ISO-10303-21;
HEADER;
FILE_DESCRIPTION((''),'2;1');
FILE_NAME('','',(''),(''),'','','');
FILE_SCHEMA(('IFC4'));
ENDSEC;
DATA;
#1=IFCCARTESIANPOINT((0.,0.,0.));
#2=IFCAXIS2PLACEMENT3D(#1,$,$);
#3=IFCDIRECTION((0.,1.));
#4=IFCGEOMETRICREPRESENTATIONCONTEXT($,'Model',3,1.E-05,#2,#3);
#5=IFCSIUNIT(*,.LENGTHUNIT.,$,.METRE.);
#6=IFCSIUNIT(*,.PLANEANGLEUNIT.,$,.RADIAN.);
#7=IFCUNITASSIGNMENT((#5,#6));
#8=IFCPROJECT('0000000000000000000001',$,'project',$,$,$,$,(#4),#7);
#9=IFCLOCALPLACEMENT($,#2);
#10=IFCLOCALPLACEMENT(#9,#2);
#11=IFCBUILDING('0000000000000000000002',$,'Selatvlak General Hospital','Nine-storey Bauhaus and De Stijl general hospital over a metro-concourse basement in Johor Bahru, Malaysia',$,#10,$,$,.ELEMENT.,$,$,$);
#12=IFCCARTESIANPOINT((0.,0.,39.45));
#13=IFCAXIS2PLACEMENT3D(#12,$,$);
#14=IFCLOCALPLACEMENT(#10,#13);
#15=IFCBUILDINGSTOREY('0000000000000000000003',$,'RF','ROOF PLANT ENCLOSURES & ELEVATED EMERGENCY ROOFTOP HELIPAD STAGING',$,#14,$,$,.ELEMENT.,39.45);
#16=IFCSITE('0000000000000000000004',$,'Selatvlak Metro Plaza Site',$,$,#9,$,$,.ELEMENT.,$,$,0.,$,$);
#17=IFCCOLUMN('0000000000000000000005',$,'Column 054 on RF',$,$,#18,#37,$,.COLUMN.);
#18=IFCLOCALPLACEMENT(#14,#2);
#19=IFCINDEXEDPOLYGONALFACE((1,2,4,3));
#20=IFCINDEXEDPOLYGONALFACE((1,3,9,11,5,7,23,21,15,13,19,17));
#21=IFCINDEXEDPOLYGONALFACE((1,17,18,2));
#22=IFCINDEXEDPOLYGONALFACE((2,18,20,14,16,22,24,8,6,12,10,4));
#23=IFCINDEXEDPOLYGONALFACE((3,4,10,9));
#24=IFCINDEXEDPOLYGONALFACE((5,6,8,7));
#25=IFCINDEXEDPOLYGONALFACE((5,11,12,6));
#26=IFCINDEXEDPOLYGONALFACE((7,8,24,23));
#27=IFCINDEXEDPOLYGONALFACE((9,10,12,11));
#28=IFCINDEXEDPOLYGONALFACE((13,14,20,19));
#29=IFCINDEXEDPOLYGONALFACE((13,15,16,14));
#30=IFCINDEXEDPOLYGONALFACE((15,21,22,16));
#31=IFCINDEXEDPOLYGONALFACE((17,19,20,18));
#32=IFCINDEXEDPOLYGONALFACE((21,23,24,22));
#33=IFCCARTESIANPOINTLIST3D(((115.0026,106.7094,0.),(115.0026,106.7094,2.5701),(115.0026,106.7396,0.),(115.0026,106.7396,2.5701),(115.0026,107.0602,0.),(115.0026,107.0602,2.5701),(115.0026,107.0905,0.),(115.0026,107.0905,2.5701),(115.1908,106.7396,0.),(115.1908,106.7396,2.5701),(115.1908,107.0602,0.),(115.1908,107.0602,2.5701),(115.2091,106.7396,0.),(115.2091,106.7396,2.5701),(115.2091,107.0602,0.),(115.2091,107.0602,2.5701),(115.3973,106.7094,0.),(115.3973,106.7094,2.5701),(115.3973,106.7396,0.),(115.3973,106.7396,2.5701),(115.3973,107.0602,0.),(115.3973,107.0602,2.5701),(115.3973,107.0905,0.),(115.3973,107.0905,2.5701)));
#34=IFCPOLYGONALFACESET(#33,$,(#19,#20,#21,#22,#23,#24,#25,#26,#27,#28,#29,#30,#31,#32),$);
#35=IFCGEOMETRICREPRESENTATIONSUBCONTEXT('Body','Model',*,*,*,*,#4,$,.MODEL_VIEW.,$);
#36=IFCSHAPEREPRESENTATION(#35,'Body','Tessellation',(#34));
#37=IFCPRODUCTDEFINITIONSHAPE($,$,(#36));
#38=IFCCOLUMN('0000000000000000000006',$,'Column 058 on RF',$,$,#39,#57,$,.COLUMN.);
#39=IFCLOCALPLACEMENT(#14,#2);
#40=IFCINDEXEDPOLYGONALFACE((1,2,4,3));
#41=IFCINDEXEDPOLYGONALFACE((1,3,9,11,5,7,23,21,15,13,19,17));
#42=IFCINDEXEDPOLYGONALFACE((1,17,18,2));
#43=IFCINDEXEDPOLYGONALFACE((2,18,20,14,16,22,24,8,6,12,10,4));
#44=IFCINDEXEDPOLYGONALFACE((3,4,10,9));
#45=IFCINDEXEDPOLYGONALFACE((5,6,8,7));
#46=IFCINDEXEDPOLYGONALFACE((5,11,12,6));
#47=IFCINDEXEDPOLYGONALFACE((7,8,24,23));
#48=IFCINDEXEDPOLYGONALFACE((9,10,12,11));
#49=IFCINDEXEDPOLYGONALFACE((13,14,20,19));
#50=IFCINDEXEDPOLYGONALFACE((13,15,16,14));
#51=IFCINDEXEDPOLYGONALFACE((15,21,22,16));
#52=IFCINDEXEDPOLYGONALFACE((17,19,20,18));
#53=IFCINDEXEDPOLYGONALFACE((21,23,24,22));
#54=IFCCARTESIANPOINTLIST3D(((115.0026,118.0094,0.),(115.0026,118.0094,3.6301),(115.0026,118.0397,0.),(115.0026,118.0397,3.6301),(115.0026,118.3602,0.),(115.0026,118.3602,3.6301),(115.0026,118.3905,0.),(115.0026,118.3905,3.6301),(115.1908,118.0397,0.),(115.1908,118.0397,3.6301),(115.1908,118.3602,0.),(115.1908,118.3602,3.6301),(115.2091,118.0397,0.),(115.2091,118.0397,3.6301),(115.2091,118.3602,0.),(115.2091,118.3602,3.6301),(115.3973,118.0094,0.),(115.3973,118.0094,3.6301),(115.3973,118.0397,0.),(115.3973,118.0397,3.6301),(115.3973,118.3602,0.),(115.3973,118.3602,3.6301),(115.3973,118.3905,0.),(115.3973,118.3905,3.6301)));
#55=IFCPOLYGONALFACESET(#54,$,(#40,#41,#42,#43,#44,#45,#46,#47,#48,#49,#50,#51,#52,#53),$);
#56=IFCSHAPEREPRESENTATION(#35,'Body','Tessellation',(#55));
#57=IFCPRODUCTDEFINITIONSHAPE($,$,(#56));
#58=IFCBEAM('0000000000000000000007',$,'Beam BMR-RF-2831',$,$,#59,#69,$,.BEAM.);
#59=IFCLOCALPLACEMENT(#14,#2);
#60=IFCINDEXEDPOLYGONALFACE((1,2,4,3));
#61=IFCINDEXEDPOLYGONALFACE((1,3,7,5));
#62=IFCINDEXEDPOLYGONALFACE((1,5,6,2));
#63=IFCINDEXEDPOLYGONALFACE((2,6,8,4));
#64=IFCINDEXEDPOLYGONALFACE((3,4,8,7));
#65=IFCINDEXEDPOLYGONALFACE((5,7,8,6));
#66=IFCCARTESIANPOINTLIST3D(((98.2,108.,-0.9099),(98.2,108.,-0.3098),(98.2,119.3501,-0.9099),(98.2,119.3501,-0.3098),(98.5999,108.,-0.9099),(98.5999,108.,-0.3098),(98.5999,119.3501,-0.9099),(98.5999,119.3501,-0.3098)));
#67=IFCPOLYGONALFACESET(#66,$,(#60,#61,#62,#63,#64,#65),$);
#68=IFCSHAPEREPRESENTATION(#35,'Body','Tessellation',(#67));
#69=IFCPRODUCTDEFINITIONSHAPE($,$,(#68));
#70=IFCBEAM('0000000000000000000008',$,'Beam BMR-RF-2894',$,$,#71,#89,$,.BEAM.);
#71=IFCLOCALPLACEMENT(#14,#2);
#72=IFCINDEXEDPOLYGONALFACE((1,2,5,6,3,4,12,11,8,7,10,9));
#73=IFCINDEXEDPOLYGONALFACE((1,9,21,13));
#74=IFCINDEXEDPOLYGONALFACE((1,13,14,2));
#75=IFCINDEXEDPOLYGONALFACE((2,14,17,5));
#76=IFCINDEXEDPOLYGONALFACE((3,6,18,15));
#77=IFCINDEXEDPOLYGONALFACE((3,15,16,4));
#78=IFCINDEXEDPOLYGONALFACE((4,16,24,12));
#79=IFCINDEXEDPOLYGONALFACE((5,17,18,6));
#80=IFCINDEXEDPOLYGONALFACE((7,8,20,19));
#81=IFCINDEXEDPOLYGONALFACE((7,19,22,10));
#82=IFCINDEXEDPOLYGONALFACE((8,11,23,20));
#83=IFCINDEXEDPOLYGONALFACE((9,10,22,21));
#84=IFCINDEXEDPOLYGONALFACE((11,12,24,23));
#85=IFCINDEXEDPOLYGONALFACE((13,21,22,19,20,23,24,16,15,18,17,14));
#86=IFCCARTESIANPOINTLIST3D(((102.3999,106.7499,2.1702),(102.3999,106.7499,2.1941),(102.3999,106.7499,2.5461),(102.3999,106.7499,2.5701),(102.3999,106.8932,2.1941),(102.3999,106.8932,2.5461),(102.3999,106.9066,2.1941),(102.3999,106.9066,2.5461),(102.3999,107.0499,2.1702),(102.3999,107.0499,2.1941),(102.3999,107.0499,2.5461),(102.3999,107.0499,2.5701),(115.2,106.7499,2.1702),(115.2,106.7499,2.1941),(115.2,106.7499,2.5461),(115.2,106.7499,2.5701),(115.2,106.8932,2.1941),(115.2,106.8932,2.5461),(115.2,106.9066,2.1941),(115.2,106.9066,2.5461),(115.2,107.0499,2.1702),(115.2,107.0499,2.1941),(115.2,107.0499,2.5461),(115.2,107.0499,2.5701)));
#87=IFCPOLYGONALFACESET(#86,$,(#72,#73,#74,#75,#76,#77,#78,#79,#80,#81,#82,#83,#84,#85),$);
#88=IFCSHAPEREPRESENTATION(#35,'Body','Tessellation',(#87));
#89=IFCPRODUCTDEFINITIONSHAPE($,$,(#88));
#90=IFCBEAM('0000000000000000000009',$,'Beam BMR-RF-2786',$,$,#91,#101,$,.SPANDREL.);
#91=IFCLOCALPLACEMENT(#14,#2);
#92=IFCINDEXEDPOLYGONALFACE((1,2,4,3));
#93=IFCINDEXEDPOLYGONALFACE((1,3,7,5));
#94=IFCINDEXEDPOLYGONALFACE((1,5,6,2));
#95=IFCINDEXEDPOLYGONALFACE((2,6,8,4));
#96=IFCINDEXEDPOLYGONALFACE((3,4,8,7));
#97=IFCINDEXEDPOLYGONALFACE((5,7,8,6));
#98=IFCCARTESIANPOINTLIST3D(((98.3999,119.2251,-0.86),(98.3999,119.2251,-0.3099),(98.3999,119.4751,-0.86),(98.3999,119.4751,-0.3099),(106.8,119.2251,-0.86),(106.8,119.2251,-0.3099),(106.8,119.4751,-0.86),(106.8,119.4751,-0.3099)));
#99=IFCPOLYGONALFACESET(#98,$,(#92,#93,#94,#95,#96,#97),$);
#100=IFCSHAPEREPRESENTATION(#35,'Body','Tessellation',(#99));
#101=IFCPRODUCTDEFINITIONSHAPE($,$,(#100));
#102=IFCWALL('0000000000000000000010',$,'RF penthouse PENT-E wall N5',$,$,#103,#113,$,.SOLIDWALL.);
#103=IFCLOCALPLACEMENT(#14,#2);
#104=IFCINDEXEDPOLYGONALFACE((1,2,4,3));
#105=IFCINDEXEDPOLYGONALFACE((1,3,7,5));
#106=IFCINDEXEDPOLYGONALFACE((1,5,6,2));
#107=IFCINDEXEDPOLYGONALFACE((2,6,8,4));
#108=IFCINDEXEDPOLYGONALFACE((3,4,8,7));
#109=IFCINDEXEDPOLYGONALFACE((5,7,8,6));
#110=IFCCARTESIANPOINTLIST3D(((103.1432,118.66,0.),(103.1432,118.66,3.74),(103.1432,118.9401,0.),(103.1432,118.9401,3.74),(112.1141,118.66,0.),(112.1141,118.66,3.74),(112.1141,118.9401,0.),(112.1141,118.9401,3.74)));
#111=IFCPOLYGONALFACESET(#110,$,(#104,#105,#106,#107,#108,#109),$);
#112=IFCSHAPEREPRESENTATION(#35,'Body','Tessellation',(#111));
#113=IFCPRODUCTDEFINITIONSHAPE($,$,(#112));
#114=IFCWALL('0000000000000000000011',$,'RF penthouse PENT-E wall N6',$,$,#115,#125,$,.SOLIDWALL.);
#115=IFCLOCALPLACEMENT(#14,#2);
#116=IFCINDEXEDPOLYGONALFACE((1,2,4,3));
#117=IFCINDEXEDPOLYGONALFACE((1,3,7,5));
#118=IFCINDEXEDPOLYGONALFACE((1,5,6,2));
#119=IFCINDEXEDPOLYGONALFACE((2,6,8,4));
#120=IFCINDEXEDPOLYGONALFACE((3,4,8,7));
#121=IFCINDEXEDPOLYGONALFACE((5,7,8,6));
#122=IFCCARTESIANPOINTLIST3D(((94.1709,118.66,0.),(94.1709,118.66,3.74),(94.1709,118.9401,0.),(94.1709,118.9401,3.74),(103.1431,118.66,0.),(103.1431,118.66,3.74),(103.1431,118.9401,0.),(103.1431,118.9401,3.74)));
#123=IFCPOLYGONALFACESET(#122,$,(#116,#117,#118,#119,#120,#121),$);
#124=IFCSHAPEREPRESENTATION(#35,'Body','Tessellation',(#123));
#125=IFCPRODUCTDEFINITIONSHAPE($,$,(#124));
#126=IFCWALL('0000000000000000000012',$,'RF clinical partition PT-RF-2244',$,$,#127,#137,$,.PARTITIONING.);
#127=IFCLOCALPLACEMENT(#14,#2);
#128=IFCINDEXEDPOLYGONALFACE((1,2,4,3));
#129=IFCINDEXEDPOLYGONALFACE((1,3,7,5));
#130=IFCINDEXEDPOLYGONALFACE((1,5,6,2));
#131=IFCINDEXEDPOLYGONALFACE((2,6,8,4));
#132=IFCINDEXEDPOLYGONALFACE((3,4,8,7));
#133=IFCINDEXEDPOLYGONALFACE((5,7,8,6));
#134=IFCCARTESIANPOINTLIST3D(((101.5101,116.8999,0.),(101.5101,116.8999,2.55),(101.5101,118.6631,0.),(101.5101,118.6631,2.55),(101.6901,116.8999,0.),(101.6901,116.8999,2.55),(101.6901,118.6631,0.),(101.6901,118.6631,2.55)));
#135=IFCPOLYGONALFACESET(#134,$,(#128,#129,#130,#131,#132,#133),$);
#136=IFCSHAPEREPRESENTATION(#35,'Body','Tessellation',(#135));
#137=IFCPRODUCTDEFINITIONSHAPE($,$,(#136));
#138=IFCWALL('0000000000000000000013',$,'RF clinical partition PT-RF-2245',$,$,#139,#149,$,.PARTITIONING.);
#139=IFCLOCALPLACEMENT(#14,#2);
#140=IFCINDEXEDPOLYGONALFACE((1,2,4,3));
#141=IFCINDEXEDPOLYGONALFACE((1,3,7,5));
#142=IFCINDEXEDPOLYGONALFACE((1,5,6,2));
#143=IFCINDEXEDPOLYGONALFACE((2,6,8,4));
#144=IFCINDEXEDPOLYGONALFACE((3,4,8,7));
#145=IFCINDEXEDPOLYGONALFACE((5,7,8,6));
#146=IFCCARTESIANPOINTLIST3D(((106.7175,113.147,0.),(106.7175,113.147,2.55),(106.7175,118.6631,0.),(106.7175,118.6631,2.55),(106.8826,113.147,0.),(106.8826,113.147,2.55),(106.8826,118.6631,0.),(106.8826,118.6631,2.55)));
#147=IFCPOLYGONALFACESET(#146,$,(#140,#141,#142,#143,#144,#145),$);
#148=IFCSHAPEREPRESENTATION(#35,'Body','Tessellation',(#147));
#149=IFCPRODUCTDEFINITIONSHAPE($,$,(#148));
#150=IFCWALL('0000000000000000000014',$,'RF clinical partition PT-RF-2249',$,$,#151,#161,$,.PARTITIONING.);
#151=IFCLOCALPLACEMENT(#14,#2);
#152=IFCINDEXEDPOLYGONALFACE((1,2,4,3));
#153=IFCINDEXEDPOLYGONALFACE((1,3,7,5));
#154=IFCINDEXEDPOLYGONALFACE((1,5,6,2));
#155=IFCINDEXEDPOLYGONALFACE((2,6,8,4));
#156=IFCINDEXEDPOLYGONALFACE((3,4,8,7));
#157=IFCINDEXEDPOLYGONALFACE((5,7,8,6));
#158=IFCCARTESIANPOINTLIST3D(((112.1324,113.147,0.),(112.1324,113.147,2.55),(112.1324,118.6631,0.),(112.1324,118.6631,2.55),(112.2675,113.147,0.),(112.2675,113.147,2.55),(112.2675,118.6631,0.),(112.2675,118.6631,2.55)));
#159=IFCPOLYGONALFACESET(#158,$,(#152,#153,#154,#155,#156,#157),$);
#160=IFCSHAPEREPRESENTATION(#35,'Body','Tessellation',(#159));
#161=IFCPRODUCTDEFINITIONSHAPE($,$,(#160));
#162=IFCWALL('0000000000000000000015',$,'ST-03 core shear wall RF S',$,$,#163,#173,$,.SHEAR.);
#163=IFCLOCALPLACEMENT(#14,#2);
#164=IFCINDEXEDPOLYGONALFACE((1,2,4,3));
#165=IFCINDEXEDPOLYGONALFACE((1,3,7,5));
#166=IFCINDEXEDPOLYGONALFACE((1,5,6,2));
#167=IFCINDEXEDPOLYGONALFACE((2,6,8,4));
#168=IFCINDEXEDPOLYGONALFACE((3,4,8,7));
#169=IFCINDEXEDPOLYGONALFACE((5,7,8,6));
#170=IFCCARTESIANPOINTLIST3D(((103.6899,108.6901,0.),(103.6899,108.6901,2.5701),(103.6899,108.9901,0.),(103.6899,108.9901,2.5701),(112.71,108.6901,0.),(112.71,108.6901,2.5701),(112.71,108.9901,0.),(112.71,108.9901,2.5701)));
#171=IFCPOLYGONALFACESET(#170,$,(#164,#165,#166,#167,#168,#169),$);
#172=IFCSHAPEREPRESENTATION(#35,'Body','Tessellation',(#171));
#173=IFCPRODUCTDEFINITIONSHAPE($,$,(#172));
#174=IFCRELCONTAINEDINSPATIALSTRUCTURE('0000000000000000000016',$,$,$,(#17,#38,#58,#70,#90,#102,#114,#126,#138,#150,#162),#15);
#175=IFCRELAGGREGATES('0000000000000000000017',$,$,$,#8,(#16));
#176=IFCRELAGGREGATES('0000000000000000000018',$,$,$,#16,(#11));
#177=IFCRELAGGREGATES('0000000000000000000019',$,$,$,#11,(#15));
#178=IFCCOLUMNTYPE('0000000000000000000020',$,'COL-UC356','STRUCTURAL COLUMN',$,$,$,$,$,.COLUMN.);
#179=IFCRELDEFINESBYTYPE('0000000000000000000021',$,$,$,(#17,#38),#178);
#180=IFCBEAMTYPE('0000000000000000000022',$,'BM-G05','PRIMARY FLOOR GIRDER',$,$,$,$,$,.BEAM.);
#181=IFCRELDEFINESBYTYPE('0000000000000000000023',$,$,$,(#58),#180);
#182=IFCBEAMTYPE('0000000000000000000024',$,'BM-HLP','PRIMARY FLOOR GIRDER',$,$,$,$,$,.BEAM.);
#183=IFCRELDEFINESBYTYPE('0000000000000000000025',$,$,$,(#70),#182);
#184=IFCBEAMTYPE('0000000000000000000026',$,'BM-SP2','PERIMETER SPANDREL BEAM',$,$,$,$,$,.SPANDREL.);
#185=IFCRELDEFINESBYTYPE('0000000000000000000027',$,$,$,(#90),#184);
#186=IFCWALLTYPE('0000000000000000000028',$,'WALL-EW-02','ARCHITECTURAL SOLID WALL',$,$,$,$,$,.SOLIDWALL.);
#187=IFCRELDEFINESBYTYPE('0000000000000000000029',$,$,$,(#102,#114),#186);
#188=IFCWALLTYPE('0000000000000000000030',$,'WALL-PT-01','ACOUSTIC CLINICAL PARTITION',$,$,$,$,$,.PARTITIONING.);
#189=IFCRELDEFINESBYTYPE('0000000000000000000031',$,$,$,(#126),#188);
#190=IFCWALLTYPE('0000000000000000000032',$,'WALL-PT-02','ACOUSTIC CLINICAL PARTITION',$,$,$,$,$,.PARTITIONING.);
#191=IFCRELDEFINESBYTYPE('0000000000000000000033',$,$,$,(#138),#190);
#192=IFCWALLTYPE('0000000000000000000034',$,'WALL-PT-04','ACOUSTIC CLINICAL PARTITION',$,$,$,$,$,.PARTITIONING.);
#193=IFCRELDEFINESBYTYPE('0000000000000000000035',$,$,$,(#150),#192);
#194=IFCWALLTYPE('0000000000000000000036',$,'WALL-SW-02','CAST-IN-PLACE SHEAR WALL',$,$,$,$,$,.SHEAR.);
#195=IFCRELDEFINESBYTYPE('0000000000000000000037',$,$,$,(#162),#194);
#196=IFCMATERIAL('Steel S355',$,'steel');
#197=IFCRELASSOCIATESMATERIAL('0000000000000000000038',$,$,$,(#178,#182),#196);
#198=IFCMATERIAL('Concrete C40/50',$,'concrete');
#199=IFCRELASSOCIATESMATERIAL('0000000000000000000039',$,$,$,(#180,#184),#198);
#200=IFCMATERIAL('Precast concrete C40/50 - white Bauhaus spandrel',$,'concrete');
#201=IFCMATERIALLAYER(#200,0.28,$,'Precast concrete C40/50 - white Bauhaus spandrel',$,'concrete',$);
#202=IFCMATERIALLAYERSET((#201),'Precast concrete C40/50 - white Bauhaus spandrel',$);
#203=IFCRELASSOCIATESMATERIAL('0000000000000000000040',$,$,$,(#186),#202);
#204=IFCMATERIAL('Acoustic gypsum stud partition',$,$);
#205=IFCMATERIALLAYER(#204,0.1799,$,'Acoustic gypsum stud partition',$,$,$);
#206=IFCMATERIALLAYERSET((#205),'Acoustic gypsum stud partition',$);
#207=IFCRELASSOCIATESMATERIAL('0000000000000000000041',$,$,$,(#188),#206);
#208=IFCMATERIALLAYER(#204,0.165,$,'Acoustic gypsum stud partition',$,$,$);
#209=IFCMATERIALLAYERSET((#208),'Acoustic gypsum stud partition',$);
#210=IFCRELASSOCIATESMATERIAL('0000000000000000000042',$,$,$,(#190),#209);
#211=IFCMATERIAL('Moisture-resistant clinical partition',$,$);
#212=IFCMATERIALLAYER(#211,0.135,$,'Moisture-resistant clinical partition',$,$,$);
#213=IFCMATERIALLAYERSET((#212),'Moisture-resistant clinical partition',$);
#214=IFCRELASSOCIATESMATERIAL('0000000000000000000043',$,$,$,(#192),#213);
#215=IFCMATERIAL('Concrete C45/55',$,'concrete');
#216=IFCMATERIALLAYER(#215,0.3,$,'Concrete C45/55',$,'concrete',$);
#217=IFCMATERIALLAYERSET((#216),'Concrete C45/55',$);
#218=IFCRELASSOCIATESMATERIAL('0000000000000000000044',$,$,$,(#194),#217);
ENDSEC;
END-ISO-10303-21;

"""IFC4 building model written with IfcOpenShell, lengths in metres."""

from ifc_helpers import new_model, si_unit, direction, frame, frame_2d, origin, origin_2d, place, context, subcontext, project, spatial, rectangle, i_section, extrude, material, layer, layer_set, material_profile, profile_set, type_object, element, save


model = new_model("IFC4")

# Units and contexts
model_context = context("Model", 3, precision=1e-05, world=origin(), true_north=direction((0.0, 1.0)))
body_context = subcontext(model_context, "Body", "Model", "MODEL_VIEW")
ifc_project = project(units=[si_unit("LENGTHUNIT", "METRE"), si_unit("PLANEANGLEUNIT", "RADIAN")], contexts=[model_context])

# Site, building, storey
site_placement = place(None, origin())
site = spatial("IfcSite", under=ifc_project, at=site_placement, Name="Selatvlak Metro Plaza Site", CompositionType="ELEMENT", RefElevation=0.0)
building_placement = place(site_placement, origin())
building = spatial("IfcBuilding", under=site, at=building_placement, Name="Selatvlak General Hospital", Description="Nine-storey Bauhaus and De Stijl general hospital over a metro-concourse basement in Johor Bahru, Malaysia", CompositionType="ELEMENT")
storey_placement = place(building_placement, frame((0.0, 0.0, 39.45)))
storey = spatial("IfcBuildingStorey", under=building, at=storey_placement, Name="RF", Description="ROOF PLANT ENCLOSURES & ELEVATED EMERGENCY ROOFTOP HELIPAD STAGING", CompositionType="ELEMENT", Elevation=39.45)

# Columns
ifc_material_1 = material(Name="Steel S355", Category="steel")
ifc_material_profile_1 = material_profile(ifc_material_1, i_section(OverallWidth=0.3948, OverallDepth=0.3811, WebThickness=0.0183, FlangeThickness=0.0303, at=origin_2d()), Name="UC 356x406x235")
ifc_profile_set_1 = profile_set([ifc_material_profile_1], Name="Steel S355")
column_type = type_object("IfcColumnType", Name="COL-UC356", Description="STRUCTURAL COLUMN", PredefinedType="COLUMN", material=ifc_profile_set_1)
column_1_placement = place(storey_placement, frame((115.2, 106.8999, 0.0), z_axis=(0.0, 0.0, 1.0), x_axis=(1.0, 0.0, 0.0)))
element("IfcColumn", 1, at=column_1_placement, inside=storey, type_object=column_type, Name="Column 054 on RF", PredefinedType="COLUMN", context=body_context, shape_type="SweptSolid", body=[
    extrude(i_section(OverallWidth=0.3948, OverallDepth=0.3811, WebThickness=0.0183, FlangeThickness=0.0303, at=origin_2d()), origin(), (0.0, 0.0, 1.0), 2.5701),
])
column_2_placement = place(storey_placement, frame((115.2, 118.2, 0.0), z_axis=(0.0, 0.0, 1.0), x_axis=(1.0, 0.0, 0.0)))
element("IfcColumn", 2, at=column_2_placement, inside=storey, type_object=column_type, Name="Column 058 on RF", PredefinedType="COLUMN", context=body_context, shape_type="SweptSolid", body=[
    extrude(i_section(OverallWidth=0.3948, OverallDepth=0.3811, WebThickness=0.0183, FlangeThickness=0.0303, at=origin_2d()), origin(), (0.0, 0.0, 1.0), 3.6301),
])

# Beams
ifc_material_2 = material(Name="Concrete C40/50", Category="concrete")
ifc_material_profile_2 = material_profile(ifc_material_2, rectangle(XDim=0.3999, YDim=0.6001, at=origin_2d()), Name="RC-BM 400x600")
ifc_profile_set_2 = profile_set([ifc_material_profile_2], Name="Concrete C40/50")
beam_type_1 = type_object("IfcBeamType", Name="BM-G05", Description="PRIMARY FLOOR GIRDER", PredefinedType="BEAM", material=ifc_profile_set_2)
beam_1_placement = place(storey_placement, frame((98.3999, 108.0, -0.6099), z_axis=(0.0, 1.0, 0.0), x_axis=(-1.0, 0.0, 0.0)))
element("IfcBeam", 3, at=beam_1_placement, inside=storey, type_object=beam_type_1, Name="Beam BMR-RF-2831", PredefinedType="BEAM", context=body_context, shape_type="SweptSolid", body=[
    extrude(rectangle(XDim=0.3999, YDim=0.6001, at=origin_2d()), origin(), (0.0, 0.0, 1.0), 11.3501),
])
ifc_material_profile_3 = material_profile(ifc_material_1, i_section(OverallWidth=0.3, OverallDepth=0.3999, WebThickness=0.0134, FlangeThickness=0.0239, at=origin_2d()), Name="HEB 400")
ifc_profile_set_3 = profile_set([ifc_material_profile_3], Name="Steel S355")
beam_type_2 = type_object("IfcBeamType", Name="BM-HLP", Description="PRIMARY FLOOR GIRDER", PredefinedType="BEAM", material=ifc_profile_set_3)
beam_2_placement = place(storey_placement, frame((102.3999, 106.8999, 2.3701), z_axis=(1.0, 0.0, 0.0), x_axis=(0.0, 1.0, 0.0)))
element("IfcBeam", 4, at=beam_2_placement, inside=storey, type_object=beam_type_2, Name="Beam BMR-RF-2894", PredefinedType="BEAM", context=body_context, shape_type="SweptSolid", body=[
    extrude(i_section(OverallWidth=0.3, OverallDepth=0.3999, WebThickness=0.0134, FlangeThickness=0.0239, at=origin_2d()), origin(), (0.0, 0.0, 1.0), 12.8),
])
ifc_material_profile_4 = material_profile(ifc_material_2, rectangle(XDim=0.25, YDim=0.55, at=origin_2d()), Name="RC-SP 250x550")
ifc_profile_set_4 = profile_set([ifc_material_profile_4], Name="Concrete C40/50")
beam_type_3 = type_object("IfcBeamType", Name="BM-SP2", Description="PERIMETER SPANDREL BEAM", PredefinedType="SPANDREL", material=ifc_profile_set_4)
beam_3_placement = place(storey_placement, frame((98.3999, 119.3501, -0.585), z_axis=(1.0, 0.0, 0.0), x_axis=(0.0, 1.0, 0.0)))
element("IfcBeam", 5, at=beam_3_placement, inside=storey, type_object=beam_type_3, Name="Beam BMR-RF-2786", PredefinedType="SPANDREL", context=body_context, shape_type="SweptSolid", body=[
    extrude(rectangle(XDim=0.25, YDim=0.55, at=origin_2d()), origin(), (0.0, 0.0, 1.0), 8.4001),
])

# Walls
ifc_material_3 = material(Name="Precast concrete C40/50 - white Bauhaus spandrel", Category="concrete")
ifc_layer_1 = layer(ifc_material_3, 0.28, Name="Precast concrete C40/50 - white Bauhaus spandrel", Category="concrete")
ifc_layer_set_1 = layer_set([ifc_layer_1], Name="Precast concrete C40/50 - white Bauhaus spandrel")
wall_type_1 = type_object("IfcWallType", Name="WALL-EW-02", Description="ARCHITECTURAL SOLID WALL", PredefinedType="SOLIDWALL", material=ifc_layer_set_1)
wall_1_placement = place(storey_placement, frame((112.114, 118.8, 0.0), z_axis=(0.0, 0.0, 1.0), x_axis=(-1.0, 0.0, 0.0)))
element("IfcWall", 6, at=wall_1_placement, inside=storey, type_object=wall_type_1, Name="RF penthouse PENT-E wall N5", PredefinedType="SOLIDWALL", context=body_context, shape_type="SweptSolid", body=[
    extrude(rectangle(XDim=8.9709, YDim=0.28, at=frame_2d((4.4854, 0.0))), origin(), (0.0, 0.0, 1.0), 3.74),
])
wall_2_placement = place(storey_placement, frame((103.1431, 118.8, 0.0), z_axis=(0.0, 0.0, 1.0), x_axis=(-1.0, 0.0, 0.0)))
element("IfcWall", 7, at=wall_2_placement, inside=storey, type_object=wall_type_1, Name="RF penthouse PENT-E wall N6", PredefinedType="SOLIDWALL", context=body_context, shape_type="SweptSolid", body=[
    extrude(rectangle(XDim=8.9722, YDim=0.28, at=frame_2d((4.4861, 0.0))), origin(), (0.0, 0.0, 1.0), 3.74),
])
ifc_material_4 = material(Name="Acoustic gypsum stud partition")
ifc_layer_2 = layer(ifc_material_4, 0.1799, Name="Acoustic gypsum stud partition")
ifc_layer_set_2 = layer_set([ifc_layer_2], Name="Acoustic gypsum stud partition")
wall_type_2 = type_object("IfcWallType", Name="WALL-PT-01", Description="ACOUSTIC CLINICAL PARTITION", PredefinedType="PARTITIONING", material=ifc_layer_set_2)
wall_3_placement = place(storey_placement, frame((101.6001, 116.8999, 0.0), z_axis=(0.0, 0.0, 1.0), x_axis=(0.0, 1.0, 0.0)))
element("IfcWall", 8, at=wall_3_placement, inside=storey, type_object=wall_type_2, Name="RF clinical partition PT-RF-2244", PredefinedType="PARTITIONING", context=body_context, shape_type="SweptSolid", body=[
    extrude(rectangle(XDim=1.7632, YDim=0.1799, at=frame_2d((0.8816, 0.0))), origin(), (0.0, 0.0, 1.0), 2.55),
])
ifc_layer_3 = layer(ifc_material_4, 0.165, Name="Acoustic gypsum stud partition")
ifc_layer_set_3 = layer_set([ifc_layer_3], Name="Acoustic gypsum stud partition")
wall_type_3 = type_object("IfcWallType", Name="WALL-PT-02", Description="ACOUSTIC CLINICAL PARTITION", PredefinedType="PARTITIONING", material=ifc_layer_set_3)
wall_4_placement = place(storey_placement, frame((106.8, 118.6631, 0.0), z_axis=(0.0, 0.0, 1.0), x_axis=(0.0, -1.0, 0.0)))
element("IfcWall", 9, at=wall_4_placement, inside=storey, type_object=wall_type_3, Name="RF clinical partition PT-RF-2245", PredefinedType="PARTITIONING", context=body_context, shape_type="SweptSolid", body=[
    extrude(rectangle(XDim=5.5161, YDim=0.165, at=frame_2d((2.7581, 0.0))), origin(), (0.0, 0.0, 1.0), 2.55),
])

# Shared definitions
ifc_material_5 = material(Name="Moisture-resistant clinical partition")
ifc_layer_4 = layer(ifc_material_5, 0.135, Name="Moisture-resistant clinical partition")
ifc_layer_set_4 = layer_set([ifc_layer_4], Name="Moisture-resistant clinical partition")
wall_type_4 = type_object("IfcWallType", Name="WALL-PT-04", Description="ACOUSTIC CLINICAL PARTITION", PredefinedType="PARTITIONING", material=ifc_layer_set_4)

# Walls
wall_5_placement = place(storey_placement, frame((112.2, 113.147, 0.0), z_axis=(0.0, 0.0, 1.0), x_axis=(0.0, 1.0, 0.0)))
element("IfcWall", 10, at=wall_5_placement, inside=storey, type_object=wall_type_4, Name="RF clinical partition PT-RF-2249", PredefinedType="PARTITIONING", context=body_context, shape_type="SweptSolid", body=[
    extrude(rectangle(XDim=5.5161, YDim=0.135, at=frame_2d((2.7581, 0.0))), origin(), (0.0, 0.0, 1.0), 2.55),
])
ifc_material_6 = material(Name="Concrete C45/55", Category="concrete")
ifc_layer_5 = layer(ifc_material_6, 0.3, Name="Concrete C45/55", Category="concrete")
ifc_layer_set_5 = layer_set([ifc_layer_5], Name="Concrete C45/55")
wall_type_5 = type_object("IfcWallType", Name="WALL-SW-02", Description="CAST-IN-PLACE SHEAR WALL", PredefinedType="SHEAR", material=ifc_layer_set_5)
wall_6_placement = place(storey_placement, frame((103.6899, 108.8401, 0.0), z_axis=(0.0, 0.0, 1.0), x_axis=(1.0, 0.0, 0.0)))
element("IfcWall", 11, at=wall_6_placement, inside=storey, type_object=wall_type_5, Name="ST-03 core shear wall RF S", PredefinedType="SHEAR", context=body_context, shape_type="SweptSolid", body=[
    extrude(rectangle(XDim=9.02, YDim=0.3, at=frame_2d((4.51, 0.0))), origin(), (0.0, 0.0, 1.0), 2.5701),
])

save(model, "model.ifc")
